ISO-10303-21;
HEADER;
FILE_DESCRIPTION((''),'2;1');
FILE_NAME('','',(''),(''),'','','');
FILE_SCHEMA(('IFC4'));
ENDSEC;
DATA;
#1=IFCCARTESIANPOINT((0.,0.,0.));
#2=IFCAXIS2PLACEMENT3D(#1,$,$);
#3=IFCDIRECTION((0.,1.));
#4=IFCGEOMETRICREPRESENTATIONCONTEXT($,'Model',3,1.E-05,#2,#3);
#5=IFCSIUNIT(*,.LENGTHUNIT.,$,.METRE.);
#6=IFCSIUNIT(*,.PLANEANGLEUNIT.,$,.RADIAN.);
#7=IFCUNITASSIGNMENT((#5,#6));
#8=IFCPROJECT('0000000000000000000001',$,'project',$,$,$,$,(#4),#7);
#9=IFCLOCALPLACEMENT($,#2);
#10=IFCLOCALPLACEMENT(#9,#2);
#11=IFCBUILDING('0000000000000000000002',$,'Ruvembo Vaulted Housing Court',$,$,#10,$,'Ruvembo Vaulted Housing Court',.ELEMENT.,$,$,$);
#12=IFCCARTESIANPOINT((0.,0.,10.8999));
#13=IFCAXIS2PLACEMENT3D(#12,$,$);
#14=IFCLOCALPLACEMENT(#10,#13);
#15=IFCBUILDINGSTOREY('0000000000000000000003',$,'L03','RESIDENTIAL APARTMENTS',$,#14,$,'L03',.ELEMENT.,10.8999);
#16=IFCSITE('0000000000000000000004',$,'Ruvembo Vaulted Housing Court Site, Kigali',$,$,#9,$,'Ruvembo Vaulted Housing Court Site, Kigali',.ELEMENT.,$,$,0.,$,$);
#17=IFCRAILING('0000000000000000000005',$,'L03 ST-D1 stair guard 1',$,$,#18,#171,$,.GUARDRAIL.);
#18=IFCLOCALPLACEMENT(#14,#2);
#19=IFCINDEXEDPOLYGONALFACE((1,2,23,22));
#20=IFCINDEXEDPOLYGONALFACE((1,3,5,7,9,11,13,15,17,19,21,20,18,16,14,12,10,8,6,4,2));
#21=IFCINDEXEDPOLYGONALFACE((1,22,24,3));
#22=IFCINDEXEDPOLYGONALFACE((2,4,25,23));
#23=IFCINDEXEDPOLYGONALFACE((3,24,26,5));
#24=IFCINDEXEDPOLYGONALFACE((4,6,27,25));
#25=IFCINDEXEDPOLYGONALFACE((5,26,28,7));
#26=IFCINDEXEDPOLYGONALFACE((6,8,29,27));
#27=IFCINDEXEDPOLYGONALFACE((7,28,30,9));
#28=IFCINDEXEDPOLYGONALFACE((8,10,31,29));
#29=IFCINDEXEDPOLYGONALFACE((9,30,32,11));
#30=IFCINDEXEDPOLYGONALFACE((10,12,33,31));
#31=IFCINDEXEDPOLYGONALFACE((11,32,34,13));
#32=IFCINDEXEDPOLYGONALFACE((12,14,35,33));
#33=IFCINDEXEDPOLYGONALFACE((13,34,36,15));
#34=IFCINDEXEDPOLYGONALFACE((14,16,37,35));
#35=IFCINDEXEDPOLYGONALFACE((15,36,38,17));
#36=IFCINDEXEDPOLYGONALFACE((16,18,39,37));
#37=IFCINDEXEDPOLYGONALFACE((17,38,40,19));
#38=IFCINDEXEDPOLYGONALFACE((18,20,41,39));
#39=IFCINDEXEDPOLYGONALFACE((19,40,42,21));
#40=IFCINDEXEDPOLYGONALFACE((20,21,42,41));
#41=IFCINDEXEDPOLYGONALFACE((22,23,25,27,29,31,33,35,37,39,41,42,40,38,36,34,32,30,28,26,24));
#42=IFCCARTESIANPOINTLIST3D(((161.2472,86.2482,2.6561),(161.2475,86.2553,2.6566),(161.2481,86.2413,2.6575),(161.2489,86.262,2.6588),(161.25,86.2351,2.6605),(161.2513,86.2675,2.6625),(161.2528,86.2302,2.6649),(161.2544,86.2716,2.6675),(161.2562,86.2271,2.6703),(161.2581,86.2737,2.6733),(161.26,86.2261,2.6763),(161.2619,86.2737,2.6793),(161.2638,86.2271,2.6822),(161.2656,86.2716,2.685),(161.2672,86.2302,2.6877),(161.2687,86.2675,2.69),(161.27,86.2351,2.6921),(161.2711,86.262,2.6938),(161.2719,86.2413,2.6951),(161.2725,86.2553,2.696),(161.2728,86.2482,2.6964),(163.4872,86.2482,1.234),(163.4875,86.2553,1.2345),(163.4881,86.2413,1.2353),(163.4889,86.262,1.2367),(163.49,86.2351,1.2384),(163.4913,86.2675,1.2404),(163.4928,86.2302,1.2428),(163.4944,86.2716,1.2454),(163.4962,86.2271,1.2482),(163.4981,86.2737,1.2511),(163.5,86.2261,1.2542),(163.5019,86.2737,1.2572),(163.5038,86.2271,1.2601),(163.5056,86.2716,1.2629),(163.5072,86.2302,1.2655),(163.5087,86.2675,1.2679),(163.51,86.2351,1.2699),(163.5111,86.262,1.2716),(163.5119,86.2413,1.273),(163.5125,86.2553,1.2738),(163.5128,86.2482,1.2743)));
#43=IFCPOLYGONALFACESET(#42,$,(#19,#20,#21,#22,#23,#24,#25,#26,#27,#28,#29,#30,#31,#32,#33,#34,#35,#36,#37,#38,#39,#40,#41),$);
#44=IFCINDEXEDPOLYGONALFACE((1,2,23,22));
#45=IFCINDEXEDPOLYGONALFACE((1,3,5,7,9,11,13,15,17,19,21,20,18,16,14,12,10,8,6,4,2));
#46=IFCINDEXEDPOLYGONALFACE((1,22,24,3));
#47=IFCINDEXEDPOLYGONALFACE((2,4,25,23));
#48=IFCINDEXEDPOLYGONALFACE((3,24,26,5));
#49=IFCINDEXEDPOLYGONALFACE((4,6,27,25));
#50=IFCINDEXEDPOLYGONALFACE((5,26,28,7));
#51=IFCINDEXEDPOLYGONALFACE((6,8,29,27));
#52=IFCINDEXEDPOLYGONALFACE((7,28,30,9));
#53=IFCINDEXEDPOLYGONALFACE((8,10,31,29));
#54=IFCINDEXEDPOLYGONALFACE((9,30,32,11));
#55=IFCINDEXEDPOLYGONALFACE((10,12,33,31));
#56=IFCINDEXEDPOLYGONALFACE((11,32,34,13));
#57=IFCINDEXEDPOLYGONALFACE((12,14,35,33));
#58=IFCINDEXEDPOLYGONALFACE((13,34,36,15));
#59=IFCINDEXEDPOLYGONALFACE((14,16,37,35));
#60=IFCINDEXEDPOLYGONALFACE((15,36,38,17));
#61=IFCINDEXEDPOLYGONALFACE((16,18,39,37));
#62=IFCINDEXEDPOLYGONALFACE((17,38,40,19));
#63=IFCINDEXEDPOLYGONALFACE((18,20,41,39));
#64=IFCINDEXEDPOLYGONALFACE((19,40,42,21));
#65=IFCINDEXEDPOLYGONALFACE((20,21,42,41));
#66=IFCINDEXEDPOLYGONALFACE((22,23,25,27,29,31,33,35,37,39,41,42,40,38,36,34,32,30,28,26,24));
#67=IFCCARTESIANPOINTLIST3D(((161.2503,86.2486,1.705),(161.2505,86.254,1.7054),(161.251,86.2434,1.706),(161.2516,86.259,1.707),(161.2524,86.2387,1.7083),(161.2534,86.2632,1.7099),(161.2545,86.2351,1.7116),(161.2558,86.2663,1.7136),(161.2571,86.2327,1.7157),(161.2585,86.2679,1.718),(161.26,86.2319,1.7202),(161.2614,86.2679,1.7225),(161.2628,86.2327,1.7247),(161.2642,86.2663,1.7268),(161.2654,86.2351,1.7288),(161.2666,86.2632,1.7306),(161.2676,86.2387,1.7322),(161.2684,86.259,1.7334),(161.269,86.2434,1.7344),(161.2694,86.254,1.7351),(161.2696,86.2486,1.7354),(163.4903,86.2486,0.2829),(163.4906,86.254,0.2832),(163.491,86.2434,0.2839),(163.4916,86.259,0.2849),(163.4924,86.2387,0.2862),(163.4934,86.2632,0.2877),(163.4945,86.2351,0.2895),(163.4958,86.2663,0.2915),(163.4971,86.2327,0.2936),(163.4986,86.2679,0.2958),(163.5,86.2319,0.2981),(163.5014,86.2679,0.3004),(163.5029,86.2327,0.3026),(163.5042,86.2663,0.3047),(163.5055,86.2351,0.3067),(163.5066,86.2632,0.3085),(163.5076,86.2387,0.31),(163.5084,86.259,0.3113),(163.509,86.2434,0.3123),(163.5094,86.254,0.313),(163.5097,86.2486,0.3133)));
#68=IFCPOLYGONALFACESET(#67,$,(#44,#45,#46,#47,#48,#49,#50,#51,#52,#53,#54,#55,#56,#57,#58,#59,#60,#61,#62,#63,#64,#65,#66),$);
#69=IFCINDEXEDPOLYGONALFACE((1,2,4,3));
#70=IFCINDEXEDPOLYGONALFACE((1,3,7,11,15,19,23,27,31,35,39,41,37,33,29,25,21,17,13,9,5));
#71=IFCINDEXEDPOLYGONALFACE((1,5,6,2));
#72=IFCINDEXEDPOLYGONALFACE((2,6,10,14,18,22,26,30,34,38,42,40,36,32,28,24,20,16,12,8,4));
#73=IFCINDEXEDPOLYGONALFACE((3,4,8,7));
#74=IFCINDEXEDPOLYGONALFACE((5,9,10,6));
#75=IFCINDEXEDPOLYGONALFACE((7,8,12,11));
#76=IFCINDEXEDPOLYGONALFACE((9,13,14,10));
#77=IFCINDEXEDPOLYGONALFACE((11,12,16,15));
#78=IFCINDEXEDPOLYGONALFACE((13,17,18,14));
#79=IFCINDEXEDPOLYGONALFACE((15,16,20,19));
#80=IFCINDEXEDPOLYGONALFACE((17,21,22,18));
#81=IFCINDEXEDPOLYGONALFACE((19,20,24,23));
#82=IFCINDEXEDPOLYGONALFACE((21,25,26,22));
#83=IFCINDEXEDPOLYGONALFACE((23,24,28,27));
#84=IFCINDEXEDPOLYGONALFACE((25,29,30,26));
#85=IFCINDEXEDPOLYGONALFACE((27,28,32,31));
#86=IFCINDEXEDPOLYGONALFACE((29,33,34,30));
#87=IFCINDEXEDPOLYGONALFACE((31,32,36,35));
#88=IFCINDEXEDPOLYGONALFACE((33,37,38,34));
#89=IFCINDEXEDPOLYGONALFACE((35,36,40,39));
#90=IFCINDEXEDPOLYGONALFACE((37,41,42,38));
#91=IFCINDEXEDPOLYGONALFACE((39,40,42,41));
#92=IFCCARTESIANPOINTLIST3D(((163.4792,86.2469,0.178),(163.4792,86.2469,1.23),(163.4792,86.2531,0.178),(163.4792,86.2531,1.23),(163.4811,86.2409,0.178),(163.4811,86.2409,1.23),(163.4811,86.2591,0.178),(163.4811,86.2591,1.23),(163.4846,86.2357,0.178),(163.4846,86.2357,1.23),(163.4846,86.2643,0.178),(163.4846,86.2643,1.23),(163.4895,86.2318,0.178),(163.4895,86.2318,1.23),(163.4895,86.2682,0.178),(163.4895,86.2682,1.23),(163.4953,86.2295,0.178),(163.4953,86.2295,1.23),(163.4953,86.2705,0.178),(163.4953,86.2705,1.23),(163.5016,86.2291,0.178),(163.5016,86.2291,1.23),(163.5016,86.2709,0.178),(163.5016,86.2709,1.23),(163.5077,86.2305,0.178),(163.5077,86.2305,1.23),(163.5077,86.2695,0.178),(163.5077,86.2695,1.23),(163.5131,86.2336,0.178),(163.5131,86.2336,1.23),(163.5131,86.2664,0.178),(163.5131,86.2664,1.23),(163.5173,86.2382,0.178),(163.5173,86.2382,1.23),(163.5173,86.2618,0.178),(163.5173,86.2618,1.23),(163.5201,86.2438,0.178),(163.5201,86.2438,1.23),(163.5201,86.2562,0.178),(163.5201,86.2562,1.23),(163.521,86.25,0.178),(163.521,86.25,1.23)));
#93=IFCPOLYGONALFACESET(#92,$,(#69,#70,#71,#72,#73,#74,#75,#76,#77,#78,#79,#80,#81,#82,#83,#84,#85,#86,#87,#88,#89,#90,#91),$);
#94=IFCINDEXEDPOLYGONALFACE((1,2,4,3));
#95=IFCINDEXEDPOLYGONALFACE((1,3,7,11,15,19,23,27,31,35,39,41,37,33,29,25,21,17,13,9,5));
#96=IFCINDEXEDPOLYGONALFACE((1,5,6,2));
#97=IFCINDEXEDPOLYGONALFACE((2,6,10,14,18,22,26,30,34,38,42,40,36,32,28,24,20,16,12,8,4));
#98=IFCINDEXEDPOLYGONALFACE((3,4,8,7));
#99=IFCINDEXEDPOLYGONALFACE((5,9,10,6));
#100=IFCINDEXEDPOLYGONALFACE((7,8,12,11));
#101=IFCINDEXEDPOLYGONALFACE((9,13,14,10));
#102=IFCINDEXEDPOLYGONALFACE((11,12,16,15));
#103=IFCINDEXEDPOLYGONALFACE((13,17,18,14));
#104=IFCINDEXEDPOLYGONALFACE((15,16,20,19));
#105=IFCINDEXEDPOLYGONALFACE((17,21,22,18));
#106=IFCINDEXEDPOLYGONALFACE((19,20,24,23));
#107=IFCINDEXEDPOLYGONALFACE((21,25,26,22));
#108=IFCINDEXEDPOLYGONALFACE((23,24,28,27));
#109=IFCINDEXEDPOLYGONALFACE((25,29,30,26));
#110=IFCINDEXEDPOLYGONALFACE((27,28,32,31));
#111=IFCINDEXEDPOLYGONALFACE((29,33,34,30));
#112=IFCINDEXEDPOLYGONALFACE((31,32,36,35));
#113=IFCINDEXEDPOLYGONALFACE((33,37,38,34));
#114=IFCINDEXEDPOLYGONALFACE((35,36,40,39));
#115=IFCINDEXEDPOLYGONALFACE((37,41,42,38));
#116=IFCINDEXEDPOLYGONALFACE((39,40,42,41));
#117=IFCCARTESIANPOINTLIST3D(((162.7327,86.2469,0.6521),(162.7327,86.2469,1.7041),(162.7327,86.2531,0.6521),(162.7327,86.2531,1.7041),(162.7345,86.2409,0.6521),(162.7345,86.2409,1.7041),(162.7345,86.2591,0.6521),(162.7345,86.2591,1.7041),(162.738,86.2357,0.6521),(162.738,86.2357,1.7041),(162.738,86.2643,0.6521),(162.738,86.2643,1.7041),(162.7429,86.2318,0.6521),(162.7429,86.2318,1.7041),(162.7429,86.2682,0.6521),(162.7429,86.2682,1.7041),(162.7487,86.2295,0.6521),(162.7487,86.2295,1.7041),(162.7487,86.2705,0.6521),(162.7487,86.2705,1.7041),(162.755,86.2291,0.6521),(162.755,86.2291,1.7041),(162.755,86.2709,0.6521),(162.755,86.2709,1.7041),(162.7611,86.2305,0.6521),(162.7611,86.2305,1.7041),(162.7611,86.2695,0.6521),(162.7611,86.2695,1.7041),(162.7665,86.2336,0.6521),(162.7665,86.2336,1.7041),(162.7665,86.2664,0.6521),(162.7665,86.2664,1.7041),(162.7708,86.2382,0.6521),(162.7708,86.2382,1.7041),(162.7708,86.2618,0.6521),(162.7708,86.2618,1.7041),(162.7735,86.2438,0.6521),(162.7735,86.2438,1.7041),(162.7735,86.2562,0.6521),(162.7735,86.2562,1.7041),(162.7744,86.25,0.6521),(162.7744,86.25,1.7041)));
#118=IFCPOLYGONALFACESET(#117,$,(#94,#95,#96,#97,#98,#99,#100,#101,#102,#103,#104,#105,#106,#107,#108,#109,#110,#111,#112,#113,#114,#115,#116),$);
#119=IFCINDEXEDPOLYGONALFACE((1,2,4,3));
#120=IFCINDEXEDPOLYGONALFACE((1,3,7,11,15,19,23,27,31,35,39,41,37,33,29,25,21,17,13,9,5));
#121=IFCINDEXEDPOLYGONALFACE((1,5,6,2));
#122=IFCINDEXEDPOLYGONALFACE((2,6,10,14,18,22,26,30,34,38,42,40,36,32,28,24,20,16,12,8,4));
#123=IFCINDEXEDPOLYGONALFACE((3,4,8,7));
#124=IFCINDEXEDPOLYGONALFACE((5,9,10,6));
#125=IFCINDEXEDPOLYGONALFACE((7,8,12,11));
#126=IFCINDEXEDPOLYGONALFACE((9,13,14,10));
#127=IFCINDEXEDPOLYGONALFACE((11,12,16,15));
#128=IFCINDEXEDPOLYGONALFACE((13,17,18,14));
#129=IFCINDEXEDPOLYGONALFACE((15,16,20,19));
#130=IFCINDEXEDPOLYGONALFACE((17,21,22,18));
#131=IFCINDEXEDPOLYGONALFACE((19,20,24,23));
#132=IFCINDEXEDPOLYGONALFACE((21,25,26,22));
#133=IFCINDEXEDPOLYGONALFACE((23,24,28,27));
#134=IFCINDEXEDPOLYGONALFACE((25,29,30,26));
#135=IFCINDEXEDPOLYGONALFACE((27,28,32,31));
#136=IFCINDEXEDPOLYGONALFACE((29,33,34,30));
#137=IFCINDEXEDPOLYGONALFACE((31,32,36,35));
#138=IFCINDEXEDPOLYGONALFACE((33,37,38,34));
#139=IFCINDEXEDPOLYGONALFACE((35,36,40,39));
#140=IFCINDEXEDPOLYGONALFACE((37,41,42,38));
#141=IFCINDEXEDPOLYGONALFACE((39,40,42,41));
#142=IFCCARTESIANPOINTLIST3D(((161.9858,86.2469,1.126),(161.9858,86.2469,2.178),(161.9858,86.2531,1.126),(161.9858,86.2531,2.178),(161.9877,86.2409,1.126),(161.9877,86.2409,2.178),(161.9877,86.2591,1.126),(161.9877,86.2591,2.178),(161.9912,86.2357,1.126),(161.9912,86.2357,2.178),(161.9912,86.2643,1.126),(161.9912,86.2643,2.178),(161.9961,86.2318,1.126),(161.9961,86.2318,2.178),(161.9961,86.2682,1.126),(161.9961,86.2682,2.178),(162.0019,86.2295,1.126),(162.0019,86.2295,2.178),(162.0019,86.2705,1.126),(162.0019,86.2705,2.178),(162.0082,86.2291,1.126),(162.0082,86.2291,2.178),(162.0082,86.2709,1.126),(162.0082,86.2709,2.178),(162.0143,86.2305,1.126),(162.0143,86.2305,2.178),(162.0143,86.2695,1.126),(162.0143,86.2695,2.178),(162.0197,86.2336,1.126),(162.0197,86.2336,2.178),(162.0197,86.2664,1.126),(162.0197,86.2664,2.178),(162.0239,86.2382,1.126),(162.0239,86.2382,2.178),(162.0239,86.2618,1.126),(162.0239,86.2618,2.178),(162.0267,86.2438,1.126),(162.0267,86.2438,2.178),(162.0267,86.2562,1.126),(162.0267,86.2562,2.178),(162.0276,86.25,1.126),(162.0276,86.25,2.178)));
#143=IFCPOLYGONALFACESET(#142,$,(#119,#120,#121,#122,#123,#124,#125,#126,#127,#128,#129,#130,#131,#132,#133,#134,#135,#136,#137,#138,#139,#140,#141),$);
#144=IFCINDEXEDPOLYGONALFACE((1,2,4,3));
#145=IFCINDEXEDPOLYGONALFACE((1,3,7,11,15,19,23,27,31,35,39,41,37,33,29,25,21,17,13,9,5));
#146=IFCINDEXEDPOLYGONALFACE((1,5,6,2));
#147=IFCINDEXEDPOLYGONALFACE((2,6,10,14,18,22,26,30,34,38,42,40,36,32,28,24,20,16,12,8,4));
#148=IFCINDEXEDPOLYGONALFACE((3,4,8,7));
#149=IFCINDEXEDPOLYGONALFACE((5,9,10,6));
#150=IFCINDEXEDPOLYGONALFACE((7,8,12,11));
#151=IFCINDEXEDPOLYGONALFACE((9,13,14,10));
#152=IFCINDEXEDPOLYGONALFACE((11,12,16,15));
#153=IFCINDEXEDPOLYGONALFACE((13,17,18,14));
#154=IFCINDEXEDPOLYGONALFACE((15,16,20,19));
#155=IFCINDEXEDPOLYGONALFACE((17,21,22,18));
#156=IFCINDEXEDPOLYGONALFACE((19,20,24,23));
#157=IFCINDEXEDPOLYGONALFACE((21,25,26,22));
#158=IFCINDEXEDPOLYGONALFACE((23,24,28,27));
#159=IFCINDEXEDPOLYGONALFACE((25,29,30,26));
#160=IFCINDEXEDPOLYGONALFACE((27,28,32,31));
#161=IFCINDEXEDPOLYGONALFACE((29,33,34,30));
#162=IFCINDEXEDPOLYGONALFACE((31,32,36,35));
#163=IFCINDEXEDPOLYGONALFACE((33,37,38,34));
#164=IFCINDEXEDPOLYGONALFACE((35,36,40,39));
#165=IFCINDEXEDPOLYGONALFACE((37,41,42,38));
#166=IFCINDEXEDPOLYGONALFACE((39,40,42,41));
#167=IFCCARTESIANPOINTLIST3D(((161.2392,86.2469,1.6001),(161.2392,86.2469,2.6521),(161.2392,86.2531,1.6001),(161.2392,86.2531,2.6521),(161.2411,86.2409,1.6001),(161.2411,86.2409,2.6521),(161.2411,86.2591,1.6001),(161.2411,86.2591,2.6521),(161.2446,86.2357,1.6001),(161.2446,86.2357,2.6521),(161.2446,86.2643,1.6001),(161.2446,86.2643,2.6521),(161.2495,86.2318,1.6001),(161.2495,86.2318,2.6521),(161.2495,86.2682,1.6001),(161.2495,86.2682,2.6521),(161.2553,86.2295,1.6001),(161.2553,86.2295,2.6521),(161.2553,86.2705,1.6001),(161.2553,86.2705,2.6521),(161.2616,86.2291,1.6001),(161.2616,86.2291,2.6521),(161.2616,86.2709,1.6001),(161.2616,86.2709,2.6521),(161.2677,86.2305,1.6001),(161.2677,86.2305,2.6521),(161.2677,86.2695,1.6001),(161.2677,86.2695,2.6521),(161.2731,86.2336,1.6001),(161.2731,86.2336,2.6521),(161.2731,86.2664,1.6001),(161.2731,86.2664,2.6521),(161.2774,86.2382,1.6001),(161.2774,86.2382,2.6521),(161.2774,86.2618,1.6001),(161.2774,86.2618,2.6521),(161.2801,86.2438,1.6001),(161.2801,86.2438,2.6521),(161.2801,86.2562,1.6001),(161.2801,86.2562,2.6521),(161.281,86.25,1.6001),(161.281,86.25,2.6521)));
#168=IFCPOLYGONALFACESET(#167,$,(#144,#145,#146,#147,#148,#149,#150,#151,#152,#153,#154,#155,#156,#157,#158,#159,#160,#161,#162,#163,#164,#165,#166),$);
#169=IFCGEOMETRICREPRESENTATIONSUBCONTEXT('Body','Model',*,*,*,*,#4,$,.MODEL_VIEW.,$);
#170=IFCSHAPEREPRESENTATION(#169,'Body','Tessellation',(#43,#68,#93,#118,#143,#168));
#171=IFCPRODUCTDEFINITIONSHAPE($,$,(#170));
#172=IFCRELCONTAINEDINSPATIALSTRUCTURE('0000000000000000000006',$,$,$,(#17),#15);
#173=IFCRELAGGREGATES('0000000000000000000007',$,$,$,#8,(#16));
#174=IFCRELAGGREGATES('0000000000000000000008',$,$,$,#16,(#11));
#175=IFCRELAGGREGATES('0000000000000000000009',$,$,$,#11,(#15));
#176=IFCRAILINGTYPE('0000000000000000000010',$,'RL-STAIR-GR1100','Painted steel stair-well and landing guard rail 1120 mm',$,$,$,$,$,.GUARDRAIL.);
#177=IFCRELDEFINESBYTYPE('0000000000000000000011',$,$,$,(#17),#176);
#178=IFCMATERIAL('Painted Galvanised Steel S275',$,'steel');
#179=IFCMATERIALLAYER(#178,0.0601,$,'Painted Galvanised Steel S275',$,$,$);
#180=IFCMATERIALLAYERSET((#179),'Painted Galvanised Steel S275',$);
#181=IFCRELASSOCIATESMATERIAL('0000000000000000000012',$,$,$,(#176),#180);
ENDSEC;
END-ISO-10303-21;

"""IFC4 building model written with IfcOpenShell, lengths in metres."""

from ifc_helpers import new_model, si_unit, direction, frame, origin, origin_2d, place, context, subcontext, project, spatial, circle, extrude, material, layer, layer_set, type_object, element, save


model = new_model("IFC4")

# Units and contexts
model_context = context("Model", 3, precision=1e-05, world=origin(), true_north=direction((0.0, 1.0)))
body_context = subcontext(model_context, "Body", "Model", "MODEL_VIEW")
ifc_project = project(units=[si_unit("LENGTHUNIT", "METRE"), si_unit("PLANEANGLEUNIT", "RADIAN")], contexts=[model_context])

# Site, building, storey
site_placement = place(None, origin())
site = spatial("IfcSite", under=ifc_project, at=site_placement, Name="Ruvembo Vaulted Housing Court Site, Kigali", LongName="Ruvembo Vaulted Housing Court Site, Kigali", CompositionType="ELEMENT", RefElevation=0.0)
building_placement = place(site_placement, origin())
building = spatial("IfcBuilding", under=site, at=building_placement, Name="Ruvembo Vaulted Housing Court", LongName="Ruvembo Vaulted Housing Court", CompositionType="ELEMENT")
storey_placement = place(building_placement, frame((0.0, 0.0, 10.8999)))
storey = spatial("IfcBuildingStorey", under=building, at=storey_placement, Name="L03", Description="RESIDENTIAL APARTMENTS", LongName="L03", CompositionType="ELEMENT", Elevation=10.8999)

# Railing
ifc_material_1 = material(Name="Painted Galvanised Steel S275", Category="steel")
ifc_layer_1 = layer(ifc_material_1, 0.0601, Name="Painted Galvanised Steel S275")
ifc_layer_set_1 = layer_set([ifc_layer_1], Name="Painted Galvanised Steel S275")
railing_type_1 = type_object("IfcRailingType", Name="RL-STAIR-GR1100", Description="Painted steel stair-well and landing guard rail 1120 mm", PredefinedType="GUARDRAIL", material=ifc_layer_set_1)
railing_1_placement = place(storey_placement, frame((163.5, 86.25, 0.178)))
element("IfcRailing", 1, at=railing_1_placement, inside=storey, type_object=railing_type_1, Name="L03 ST-D1 stair guard 1", PredefinedType="GUARDRAIL", context=body_context, shape_type="SweptSolid", body=[
    extrude(circle(Radius=0.0239, at=origin_2d()), frame((0.0, 0.0, 1.0762), z_axis=(-0.844229, 0.0, 0.535982), x_axis=(0.0, -1.0, 0.0)), (0.0, 0.0, 1.0), 2.6533),
    extrude(circle(Radius=0.0181, at=origin_2d()), frame((0.0, 0.0, 0.1201), z_axis=(-0.844229, 0.0, 0.535982), x_axis=(0.0, -1.0, 0.0)), (0.0, 0.0, 1.0), 2.6533),
    extrude(circle(Radius=0.021, at=origin_2d()), origin(), (0.0, 0.0, 1.0), 1.052),
    extrude(circle(Radius=0.021, at=origin_2d()), frame((-0.7466, 0.0, 0.4741)), (0.0, 0.0, 1.0), 1.052),
    extrude(circle(Radius=0.021, at=origin_2d()), frame((-1.4934, 0.0, 0.948)), (0.0, 0.0, 1.0), 1.052),
    extrude(circle(Radius=0.021, at=origin_2d()), frame((-2.24, 0.0, 1.4221)), (0.0, 0.0, 1.0), 1.052),
])

save(model, "model.ifc")
